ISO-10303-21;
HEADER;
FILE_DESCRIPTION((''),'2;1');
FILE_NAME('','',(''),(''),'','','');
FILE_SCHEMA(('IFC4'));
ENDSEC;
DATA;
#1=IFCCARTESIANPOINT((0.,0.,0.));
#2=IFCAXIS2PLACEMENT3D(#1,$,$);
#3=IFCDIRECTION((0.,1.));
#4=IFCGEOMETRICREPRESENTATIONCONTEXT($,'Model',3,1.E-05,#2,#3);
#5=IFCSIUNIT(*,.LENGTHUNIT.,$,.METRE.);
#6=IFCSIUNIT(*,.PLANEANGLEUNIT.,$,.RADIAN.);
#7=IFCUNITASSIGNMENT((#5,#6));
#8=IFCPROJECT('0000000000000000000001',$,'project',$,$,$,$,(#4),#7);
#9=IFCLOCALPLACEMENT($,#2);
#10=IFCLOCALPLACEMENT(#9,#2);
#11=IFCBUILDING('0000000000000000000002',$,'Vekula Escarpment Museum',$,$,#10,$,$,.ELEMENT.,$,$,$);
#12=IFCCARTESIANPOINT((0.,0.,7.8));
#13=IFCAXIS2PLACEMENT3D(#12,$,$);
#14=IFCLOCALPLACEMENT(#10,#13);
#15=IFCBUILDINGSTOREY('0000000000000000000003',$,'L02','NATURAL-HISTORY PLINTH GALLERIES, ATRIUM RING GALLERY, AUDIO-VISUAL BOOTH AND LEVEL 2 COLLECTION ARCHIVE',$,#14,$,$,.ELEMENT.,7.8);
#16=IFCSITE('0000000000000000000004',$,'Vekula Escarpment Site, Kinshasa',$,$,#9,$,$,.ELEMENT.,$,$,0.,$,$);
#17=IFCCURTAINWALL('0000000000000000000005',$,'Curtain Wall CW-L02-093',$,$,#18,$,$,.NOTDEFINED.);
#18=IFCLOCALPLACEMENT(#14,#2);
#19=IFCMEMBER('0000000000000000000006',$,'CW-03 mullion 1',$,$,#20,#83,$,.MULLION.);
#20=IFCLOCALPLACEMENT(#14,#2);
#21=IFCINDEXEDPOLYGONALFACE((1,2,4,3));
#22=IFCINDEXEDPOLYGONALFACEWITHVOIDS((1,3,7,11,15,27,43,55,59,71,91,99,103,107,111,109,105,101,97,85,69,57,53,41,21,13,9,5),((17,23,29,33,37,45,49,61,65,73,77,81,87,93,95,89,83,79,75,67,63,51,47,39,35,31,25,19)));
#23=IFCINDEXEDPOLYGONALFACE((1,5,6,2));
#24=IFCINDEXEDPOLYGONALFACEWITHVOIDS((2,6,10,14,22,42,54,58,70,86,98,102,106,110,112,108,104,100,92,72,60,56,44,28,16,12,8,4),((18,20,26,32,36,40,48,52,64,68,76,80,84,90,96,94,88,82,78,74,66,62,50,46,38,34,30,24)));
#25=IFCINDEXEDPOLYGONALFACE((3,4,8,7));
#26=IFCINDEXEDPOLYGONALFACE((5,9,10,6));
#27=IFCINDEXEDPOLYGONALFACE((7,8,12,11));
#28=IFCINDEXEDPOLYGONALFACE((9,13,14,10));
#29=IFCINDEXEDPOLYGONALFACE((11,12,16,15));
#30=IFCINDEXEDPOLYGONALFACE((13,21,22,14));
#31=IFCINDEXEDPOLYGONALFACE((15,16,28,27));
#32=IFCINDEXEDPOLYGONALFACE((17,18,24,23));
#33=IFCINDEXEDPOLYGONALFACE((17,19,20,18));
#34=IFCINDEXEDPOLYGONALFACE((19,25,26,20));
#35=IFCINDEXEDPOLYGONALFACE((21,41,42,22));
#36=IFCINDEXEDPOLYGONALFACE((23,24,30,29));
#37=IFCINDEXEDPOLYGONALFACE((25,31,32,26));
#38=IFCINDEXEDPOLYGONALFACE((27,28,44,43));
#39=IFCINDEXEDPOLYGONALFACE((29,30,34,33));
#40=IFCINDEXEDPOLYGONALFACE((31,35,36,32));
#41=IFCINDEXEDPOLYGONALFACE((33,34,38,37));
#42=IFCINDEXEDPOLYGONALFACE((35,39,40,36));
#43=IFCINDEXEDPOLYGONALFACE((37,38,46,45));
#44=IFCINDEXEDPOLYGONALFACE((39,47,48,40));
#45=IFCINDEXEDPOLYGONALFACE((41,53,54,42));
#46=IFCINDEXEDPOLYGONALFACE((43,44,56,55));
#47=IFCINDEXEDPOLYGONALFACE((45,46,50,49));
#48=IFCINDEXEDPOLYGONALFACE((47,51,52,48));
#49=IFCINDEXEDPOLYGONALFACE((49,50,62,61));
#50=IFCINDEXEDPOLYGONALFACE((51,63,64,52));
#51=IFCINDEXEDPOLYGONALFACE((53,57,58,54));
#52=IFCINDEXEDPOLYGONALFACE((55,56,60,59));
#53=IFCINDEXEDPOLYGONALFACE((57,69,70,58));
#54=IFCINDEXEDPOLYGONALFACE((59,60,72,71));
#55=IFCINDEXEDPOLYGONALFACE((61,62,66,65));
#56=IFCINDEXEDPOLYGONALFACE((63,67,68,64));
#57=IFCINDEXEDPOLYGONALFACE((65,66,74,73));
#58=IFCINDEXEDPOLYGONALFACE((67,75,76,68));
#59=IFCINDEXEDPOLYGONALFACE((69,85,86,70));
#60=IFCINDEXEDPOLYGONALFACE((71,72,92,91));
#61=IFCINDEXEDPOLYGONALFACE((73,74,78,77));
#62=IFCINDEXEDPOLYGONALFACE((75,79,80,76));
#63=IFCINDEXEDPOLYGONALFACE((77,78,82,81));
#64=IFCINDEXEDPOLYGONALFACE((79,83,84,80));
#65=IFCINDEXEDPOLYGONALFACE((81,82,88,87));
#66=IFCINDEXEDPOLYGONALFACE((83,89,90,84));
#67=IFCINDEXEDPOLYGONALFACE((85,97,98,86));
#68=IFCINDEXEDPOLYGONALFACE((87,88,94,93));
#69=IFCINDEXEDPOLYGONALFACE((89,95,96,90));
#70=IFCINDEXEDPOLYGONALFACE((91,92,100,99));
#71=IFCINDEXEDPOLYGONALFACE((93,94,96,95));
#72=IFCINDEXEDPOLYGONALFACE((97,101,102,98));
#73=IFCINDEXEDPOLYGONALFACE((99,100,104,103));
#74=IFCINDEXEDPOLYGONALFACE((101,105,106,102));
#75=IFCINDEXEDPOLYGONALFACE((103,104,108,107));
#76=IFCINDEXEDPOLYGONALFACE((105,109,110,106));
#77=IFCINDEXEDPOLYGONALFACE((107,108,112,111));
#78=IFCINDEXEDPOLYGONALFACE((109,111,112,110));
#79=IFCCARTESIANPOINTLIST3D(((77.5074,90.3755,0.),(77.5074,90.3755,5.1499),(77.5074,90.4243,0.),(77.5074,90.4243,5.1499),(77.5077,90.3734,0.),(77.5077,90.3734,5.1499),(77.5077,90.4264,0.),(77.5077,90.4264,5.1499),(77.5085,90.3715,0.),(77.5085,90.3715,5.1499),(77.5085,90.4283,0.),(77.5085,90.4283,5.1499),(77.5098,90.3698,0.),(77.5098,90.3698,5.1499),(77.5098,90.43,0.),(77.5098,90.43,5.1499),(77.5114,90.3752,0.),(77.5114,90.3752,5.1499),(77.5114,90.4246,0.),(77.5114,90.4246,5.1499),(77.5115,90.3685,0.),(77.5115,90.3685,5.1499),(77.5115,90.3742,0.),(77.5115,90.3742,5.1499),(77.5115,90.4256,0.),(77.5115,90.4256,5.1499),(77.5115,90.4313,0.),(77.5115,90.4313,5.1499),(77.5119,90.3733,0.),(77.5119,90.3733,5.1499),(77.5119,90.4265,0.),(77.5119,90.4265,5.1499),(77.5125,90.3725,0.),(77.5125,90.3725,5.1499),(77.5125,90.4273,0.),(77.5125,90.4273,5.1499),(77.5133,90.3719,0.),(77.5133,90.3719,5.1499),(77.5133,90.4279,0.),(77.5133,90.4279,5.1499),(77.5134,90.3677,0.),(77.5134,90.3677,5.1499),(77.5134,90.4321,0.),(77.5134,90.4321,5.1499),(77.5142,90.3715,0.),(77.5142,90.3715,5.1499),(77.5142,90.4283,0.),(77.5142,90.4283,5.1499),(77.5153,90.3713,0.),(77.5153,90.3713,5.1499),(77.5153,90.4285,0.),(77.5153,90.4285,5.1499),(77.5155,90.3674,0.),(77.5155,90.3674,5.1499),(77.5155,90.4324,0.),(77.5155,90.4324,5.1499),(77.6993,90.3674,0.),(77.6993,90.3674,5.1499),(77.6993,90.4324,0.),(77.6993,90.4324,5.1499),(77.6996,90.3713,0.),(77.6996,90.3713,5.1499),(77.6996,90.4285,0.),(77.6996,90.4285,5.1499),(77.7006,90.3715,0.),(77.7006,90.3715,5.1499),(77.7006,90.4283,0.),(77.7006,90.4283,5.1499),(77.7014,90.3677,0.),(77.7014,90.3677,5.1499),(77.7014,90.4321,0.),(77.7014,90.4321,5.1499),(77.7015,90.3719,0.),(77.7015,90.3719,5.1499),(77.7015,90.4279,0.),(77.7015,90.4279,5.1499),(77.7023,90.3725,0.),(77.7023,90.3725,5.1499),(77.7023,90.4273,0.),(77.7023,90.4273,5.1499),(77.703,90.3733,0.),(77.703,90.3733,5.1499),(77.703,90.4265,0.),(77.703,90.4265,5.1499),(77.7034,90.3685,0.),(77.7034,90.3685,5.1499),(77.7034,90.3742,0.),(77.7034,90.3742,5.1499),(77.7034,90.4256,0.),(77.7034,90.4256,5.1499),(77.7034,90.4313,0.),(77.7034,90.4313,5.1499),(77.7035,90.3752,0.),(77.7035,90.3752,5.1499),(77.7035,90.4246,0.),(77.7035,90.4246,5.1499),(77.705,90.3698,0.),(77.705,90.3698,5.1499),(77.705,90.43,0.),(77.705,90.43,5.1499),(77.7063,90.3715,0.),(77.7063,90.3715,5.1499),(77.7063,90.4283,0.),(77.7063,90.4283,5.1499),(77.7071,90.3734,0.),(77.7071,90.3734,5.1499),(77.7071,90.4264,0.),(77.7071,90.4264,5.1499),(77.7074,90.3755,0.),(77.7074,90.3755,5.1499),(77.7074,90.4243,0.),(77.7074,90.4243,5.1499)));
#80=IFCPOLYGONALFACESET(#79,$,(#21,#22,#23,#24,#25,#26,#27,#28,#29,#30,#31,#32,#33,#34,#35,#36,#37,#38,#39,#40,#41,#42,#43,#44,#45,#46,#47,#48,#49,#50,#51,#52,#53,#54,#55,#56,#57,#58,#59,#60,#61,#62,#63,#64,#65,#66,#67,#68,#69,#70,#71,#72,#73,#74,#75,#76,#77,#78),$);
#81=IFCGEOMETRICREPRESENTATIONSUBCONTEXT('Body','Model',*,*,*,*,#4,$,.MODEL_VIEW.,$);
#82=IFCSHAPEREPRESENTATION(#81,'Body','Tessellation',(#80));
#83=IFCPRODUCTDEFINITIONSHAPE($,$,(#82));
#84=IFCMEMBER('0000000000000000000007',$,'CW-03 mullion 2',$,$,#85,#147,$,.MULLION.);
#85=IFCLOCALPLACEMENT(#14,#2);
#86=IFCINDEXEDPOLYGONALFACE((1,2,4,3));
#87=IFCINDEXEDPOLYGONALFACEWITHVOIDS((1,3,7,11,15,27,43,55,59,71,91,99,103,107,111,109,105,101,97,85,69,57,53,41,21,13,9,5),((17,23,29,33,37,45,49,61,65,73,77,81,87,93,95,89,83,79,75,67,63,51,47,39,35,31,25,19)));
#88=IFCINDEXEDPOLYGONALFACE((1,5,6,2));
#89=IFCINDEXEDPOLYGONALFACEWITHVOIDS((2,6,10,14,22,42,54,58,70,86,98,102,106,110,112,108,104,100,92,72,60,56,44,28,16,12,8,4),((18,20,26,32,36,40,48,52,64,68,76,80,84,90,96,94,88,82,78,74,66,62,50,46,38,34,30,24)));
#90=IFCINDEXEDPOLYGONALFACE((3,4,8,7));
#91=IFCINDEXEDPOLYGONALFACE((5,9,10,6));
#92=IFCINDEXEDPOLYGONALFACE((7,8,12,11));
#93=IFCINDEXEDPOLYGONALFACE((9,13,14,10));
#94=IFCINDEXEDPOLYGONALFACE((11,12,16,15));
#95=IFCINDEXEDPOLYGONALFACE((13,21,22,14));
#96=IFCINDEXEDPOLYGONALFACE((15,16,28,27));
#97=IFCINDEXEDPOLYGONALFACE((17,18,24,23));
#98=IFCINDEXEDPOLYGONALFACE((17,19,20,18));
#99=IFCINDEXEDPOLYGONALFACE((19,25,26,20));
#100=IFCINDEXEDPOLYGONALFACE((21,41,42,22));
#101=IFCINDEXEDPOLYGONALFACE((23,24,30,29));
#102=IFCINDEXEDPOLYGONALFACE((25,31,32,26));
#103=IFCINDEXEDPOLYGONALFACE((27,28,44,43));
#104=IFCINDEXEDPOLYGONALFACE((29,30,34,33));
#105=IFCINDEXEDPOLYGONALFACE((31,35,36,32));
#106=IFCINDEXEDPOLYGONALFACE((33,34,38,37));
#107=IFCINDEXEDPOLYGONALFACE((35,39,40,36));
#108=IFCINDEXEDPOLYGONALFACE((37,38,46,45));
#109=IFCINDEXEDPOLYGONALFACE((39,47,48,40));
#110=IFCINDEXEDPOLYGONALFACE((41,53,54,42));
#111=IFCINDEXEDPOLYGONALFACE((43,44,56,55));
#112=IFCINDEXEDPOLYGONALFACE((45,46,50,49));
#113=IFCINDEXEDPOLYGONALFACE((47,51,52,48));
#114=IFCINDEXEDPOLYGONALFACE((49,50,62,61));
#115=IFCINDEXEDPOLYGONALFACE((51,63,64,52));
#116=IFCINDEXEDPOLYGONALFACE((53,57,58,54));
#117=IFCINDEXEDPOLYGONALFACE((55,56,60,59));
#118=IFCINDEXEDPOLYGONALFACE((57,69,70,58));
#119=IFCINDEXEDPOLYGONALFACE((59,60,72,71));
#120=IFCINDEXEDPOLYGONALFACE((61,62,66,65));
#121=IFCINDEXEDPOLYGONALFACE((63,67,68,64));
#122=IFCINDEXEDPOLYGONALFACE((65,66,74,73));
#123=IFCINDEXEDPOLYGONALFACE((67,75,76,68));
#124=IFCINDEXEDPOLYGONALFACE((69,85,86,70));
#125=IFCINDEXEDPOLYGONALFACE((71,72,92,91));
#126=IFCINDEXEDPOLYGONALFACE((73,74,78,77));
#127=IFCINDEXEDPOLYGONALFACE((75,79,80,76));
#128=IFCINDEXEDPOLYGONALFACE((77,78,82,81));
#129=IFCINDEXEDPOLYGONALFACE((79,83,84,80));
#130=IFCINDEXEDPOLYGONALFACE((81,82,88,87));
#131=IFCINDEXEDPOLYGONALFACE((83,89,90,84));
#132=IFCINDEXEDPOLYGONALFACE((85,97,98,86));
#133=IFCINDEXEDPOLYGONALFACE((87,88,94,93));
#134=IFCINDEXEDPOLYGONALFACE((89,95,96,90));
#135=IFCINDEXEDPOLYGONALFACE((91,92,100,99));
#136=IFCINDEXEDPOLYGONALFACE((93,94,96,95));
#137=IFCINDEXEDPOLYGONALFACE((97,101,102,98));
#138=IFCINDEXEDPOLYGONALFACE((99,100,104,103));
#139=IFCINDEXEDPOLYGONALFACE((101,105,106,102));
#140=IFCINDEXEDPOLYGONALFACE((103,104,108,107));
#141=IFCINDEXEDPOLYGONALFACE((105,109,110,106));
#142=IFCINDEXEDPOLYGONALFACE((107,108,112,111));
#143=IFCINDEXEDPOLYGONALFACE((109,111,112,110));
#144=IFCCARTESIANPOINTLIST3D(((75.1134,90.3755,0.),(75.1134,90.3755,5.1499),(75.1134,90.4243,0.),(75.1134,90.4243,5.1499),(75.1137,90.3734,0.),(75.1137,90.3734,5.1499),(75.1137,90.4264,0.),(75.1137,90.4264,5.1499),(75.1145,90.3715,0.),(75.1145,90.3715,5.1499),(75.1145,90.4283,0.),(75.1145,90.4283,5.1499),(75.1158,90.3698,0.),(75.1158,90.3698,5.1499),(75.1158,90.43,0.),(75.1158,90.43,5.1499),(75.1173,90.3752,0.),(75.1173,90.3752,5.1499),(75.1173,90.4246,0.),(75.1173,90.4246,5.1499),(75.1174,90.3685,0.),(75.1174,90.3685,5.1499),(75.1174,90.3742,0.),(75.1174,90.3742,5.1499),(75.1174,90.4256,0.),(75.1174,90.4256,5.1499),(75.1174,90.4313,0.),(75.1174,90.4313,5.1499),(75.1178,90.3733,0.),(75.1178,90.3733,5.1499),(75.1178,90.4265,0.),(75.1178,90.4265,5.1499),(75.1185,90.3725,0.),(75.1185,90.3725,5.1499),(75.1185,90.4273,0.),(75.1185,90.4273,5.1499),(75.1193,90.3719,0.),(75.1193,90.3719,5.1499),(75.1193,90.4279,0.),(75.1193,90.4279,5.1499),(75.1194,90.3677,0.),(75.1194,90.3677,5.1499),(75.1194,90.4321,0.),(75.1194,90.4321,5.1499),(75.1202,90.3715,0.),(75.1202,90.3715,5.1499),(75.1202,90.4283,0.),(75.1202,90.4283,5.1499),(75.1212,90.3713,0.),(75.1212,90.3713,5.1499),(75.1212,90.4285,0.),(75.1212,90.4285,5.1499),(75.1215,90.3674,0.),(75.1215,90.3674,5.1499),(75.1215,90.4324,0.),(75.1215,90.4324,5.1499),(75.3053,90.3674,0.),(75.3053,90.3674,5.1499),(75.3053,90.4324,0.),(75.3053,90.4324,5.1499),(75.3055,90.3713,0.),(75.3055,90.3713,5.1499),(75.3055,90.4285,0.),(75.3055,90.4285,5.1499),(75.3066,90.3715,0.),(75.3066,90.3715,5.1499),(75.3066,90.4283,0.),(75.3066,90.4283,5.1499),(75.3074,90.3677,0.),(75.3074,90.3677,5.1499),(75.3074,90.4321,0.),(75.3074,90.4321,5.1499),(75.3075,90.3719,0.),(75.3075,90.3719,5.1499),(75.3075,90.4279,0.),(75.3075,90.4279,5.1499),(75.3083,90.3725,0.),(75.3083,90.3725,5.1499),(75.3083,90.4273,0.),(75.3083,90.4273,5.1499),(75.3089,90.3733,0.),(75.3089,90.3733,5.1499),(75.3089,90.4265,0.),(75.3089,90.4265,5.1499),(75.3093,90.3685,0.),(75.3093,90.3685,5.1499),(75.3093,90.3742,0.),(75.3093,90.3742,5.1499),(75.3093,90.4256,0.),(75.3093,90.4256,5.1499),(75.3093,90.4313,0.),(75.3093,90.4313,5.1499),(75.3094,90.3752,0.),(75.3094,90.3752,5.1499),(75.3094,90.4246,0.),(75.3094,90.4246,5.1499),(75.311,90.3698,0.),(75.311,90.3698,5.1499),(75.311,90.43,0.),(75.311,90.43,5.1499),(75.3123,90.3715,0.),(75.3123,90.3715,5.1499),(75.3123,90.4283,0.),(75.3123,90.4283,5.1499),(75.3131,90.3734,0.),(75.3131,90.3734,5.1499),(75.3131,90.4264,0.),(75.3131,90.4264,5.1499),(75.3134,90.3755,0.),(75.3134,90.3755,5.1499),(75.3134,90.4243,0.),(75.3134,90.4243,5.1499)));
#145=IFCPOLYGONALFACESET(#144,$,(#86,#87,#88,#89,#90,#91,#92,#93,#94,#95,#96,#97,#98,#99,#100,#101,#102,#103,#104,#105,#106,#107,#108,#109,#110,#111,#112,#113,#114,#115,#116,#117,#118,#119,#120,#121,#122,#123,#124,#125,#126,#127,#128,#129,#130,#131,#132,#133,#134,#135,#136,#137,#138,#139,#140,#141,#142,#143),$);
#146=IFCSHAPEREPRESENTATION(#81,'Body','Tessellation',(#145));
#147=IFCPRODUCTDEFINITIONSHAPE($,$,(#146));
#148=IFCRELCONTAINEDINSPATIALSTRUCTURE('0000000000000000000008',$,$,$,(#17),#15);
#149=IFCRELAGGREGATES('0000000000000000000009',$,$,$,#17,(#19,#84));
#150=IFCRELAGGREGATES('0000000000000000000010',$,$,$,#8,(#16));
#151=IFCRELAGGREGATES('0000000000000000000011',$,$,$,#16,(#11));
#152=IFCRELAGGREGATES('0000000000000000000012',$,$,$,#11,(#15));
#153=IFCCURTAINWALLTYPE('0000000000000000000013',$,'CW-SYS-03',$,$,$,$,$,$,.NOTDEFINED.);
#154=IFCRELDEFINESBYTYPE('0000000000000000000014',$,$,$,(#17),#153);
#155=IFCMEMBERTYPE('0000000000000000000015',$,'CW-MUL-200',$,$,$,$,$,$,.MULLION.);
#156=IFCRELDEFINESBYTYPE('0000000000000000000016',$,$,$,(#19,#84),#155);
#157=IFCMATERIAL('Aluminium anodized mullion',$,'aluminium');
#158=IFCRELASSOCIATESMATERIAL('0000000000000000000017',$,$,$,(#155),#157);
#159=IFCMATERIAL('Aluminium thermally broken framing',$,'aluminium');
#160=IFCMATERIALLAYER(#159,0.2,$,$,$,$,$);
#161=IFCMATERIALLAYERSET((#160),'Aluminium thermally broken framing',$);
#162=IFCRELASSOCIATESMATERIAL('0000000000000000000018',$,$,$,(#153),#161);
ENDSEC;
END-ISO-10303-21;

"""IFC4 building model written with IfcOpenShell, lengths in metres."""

from ifc_helpers import new_model, si_unit, direction, frame, origin, origin_2d, place, context, subcontext, project, spatial, hollow_rectangle, extrude, material, layer, layer_set, material_profile, profile_set, type_object, element, aggregate, save


model = new_model("IFC4")

# Units and contexts
model_context = context("Model", 3, precision=1e-05, world=origin(), true_north=direction((0.0, 1.0)))
body_context = subcontext(model_context, "Body", "Model", "MODEL_VIEW")
ifc_project = project(units=[si_unit("LENGTHUNIT", "METRE"), si_unit("PLANEANGLEUNIT", "RADIAN")], contexts=[model_context])

# Site, building, storey
site_placement = place(None, origin())
site = spatial("IfcSite", under=ifc_project, at=site_placement, Name="Vekula Escarpment Site, Kinshasa", CompositionType="ELEMENT", RefElevation=0.0)
building_placement = place(site_placement, origin())
building = spatial("IfcBuilding", under=site, at=building_placement, Name="Vekula Escarpment Museum", CompositionType="ELEMENT")
storey_placement = place(building_placement, frame((0.0, 0.0, 7.8)))
storey = spatial("IfcBuildingStorey", under=building, at=storey_placement, Name="L02", Description="NATURAL-HISTORY PLINTH GALLERIES, ATRIUM RING GALLERY, AUDIO-VISUAL BOOTH AND LEVEL 2 COLLECTION ARCHIVE", CompositionType="ELEMENT", Elevation=7.8)

# Shared definitions
ifc_material_1 = material(Name="Aluminium anodized mullion", Category="aluminium")
ifc_material_profile_1 = material_profile(ifc_material_1, hollow_rectangle(XDim=0.0649, YDim=0.2, WallThickness=0.0039, InnerFilletRadius=0.0039, OuterFilletRadius=0.0081, at=origin_2d()), Name="ALU 200x65x4")
ifc_profile_set_1 = profile_set([ifc_material_profile_1], Name="Aluminium anodized mullion")
member_type_1 = type_object("IfcMemberType", Name="CW-MUL-200", PredefinedType="MULLION", material=ifc_profile_set_1)

# Curtain wall, members
ifc_material_2 = material(Name="Aluminium thermally broken framing", Category="aluminium")
ifc_layer_1 = layer(ifc_material_2, 0.2)
ifc_layer_set_1 = layer_set([ifc_layer_1], Name="Aluminium thermally broken framing")
curtain_wall_type_1 = type_object("IfcCurtainWallType", Name="CW-SYS-03", PredefinedType="NOTDEFINED", material=ifc_layer_set_1)
curtain_wall_1_placement = place(storey_placement, origin())
curtain_wall_1 = element("IfcCurtainWall", 1, at=curtain_wall_1_placement, inside=storey, type_object=curtain_wall_type_1, Name="Curtain Wall CW-L02-093", PredefinedType="NOTDEFINED")
member_1_placement = place(storey_placement, frame((77.6074, 90.3999, 0.0), z_axis=(0.0, 0.0, 1.0), x_axis=(0.0, -1.0, 0.0)))
member_1 = element("IfcMember", 2, at=member_1_placement, type_object=member_type_1, Name="CW-03 mullion 1", PredefinedType="MULLION", context=body_context, shape_type="SweptSolid", body=[
    extrude(hollow_rectangle(XDim=0.0649, YDim=0.2, WallThickness=0.0039, InnerFilletRadius=0.0039, OuterFilletRadius=0.0081, at=origin_2d()), origin(), (0.0, 0.0, 1.0), 5.1499),
])
member_2_placement = place(storey_placement, frame((75.2134, 90.3999, 0.0), z_axis=(0.0, 0.0, 1.0), x_axis=(0.0, -1.0, 0.0)))
member_2 = element("IfcMember", 3, at=member_2_placement, type_object=member_type_1, Name="CW-03 mullion 2", PredefinedType="MULLION", context=body_context, shape_type="SweptSolid", body=[
    extrude(hollow_rectangle(XDim=0.0649, YDim=0.2, WallThickness=0.0039, InnerFilletRadius=0.0039, OuterFilletRadius=0.0081, at=origin_2d()), origin(), (0.0, 0.0, 1.0), 5.1499),
])

aggregate(curtain_wall_1, [member_1, member_2])

save(model, "model.ifc")
